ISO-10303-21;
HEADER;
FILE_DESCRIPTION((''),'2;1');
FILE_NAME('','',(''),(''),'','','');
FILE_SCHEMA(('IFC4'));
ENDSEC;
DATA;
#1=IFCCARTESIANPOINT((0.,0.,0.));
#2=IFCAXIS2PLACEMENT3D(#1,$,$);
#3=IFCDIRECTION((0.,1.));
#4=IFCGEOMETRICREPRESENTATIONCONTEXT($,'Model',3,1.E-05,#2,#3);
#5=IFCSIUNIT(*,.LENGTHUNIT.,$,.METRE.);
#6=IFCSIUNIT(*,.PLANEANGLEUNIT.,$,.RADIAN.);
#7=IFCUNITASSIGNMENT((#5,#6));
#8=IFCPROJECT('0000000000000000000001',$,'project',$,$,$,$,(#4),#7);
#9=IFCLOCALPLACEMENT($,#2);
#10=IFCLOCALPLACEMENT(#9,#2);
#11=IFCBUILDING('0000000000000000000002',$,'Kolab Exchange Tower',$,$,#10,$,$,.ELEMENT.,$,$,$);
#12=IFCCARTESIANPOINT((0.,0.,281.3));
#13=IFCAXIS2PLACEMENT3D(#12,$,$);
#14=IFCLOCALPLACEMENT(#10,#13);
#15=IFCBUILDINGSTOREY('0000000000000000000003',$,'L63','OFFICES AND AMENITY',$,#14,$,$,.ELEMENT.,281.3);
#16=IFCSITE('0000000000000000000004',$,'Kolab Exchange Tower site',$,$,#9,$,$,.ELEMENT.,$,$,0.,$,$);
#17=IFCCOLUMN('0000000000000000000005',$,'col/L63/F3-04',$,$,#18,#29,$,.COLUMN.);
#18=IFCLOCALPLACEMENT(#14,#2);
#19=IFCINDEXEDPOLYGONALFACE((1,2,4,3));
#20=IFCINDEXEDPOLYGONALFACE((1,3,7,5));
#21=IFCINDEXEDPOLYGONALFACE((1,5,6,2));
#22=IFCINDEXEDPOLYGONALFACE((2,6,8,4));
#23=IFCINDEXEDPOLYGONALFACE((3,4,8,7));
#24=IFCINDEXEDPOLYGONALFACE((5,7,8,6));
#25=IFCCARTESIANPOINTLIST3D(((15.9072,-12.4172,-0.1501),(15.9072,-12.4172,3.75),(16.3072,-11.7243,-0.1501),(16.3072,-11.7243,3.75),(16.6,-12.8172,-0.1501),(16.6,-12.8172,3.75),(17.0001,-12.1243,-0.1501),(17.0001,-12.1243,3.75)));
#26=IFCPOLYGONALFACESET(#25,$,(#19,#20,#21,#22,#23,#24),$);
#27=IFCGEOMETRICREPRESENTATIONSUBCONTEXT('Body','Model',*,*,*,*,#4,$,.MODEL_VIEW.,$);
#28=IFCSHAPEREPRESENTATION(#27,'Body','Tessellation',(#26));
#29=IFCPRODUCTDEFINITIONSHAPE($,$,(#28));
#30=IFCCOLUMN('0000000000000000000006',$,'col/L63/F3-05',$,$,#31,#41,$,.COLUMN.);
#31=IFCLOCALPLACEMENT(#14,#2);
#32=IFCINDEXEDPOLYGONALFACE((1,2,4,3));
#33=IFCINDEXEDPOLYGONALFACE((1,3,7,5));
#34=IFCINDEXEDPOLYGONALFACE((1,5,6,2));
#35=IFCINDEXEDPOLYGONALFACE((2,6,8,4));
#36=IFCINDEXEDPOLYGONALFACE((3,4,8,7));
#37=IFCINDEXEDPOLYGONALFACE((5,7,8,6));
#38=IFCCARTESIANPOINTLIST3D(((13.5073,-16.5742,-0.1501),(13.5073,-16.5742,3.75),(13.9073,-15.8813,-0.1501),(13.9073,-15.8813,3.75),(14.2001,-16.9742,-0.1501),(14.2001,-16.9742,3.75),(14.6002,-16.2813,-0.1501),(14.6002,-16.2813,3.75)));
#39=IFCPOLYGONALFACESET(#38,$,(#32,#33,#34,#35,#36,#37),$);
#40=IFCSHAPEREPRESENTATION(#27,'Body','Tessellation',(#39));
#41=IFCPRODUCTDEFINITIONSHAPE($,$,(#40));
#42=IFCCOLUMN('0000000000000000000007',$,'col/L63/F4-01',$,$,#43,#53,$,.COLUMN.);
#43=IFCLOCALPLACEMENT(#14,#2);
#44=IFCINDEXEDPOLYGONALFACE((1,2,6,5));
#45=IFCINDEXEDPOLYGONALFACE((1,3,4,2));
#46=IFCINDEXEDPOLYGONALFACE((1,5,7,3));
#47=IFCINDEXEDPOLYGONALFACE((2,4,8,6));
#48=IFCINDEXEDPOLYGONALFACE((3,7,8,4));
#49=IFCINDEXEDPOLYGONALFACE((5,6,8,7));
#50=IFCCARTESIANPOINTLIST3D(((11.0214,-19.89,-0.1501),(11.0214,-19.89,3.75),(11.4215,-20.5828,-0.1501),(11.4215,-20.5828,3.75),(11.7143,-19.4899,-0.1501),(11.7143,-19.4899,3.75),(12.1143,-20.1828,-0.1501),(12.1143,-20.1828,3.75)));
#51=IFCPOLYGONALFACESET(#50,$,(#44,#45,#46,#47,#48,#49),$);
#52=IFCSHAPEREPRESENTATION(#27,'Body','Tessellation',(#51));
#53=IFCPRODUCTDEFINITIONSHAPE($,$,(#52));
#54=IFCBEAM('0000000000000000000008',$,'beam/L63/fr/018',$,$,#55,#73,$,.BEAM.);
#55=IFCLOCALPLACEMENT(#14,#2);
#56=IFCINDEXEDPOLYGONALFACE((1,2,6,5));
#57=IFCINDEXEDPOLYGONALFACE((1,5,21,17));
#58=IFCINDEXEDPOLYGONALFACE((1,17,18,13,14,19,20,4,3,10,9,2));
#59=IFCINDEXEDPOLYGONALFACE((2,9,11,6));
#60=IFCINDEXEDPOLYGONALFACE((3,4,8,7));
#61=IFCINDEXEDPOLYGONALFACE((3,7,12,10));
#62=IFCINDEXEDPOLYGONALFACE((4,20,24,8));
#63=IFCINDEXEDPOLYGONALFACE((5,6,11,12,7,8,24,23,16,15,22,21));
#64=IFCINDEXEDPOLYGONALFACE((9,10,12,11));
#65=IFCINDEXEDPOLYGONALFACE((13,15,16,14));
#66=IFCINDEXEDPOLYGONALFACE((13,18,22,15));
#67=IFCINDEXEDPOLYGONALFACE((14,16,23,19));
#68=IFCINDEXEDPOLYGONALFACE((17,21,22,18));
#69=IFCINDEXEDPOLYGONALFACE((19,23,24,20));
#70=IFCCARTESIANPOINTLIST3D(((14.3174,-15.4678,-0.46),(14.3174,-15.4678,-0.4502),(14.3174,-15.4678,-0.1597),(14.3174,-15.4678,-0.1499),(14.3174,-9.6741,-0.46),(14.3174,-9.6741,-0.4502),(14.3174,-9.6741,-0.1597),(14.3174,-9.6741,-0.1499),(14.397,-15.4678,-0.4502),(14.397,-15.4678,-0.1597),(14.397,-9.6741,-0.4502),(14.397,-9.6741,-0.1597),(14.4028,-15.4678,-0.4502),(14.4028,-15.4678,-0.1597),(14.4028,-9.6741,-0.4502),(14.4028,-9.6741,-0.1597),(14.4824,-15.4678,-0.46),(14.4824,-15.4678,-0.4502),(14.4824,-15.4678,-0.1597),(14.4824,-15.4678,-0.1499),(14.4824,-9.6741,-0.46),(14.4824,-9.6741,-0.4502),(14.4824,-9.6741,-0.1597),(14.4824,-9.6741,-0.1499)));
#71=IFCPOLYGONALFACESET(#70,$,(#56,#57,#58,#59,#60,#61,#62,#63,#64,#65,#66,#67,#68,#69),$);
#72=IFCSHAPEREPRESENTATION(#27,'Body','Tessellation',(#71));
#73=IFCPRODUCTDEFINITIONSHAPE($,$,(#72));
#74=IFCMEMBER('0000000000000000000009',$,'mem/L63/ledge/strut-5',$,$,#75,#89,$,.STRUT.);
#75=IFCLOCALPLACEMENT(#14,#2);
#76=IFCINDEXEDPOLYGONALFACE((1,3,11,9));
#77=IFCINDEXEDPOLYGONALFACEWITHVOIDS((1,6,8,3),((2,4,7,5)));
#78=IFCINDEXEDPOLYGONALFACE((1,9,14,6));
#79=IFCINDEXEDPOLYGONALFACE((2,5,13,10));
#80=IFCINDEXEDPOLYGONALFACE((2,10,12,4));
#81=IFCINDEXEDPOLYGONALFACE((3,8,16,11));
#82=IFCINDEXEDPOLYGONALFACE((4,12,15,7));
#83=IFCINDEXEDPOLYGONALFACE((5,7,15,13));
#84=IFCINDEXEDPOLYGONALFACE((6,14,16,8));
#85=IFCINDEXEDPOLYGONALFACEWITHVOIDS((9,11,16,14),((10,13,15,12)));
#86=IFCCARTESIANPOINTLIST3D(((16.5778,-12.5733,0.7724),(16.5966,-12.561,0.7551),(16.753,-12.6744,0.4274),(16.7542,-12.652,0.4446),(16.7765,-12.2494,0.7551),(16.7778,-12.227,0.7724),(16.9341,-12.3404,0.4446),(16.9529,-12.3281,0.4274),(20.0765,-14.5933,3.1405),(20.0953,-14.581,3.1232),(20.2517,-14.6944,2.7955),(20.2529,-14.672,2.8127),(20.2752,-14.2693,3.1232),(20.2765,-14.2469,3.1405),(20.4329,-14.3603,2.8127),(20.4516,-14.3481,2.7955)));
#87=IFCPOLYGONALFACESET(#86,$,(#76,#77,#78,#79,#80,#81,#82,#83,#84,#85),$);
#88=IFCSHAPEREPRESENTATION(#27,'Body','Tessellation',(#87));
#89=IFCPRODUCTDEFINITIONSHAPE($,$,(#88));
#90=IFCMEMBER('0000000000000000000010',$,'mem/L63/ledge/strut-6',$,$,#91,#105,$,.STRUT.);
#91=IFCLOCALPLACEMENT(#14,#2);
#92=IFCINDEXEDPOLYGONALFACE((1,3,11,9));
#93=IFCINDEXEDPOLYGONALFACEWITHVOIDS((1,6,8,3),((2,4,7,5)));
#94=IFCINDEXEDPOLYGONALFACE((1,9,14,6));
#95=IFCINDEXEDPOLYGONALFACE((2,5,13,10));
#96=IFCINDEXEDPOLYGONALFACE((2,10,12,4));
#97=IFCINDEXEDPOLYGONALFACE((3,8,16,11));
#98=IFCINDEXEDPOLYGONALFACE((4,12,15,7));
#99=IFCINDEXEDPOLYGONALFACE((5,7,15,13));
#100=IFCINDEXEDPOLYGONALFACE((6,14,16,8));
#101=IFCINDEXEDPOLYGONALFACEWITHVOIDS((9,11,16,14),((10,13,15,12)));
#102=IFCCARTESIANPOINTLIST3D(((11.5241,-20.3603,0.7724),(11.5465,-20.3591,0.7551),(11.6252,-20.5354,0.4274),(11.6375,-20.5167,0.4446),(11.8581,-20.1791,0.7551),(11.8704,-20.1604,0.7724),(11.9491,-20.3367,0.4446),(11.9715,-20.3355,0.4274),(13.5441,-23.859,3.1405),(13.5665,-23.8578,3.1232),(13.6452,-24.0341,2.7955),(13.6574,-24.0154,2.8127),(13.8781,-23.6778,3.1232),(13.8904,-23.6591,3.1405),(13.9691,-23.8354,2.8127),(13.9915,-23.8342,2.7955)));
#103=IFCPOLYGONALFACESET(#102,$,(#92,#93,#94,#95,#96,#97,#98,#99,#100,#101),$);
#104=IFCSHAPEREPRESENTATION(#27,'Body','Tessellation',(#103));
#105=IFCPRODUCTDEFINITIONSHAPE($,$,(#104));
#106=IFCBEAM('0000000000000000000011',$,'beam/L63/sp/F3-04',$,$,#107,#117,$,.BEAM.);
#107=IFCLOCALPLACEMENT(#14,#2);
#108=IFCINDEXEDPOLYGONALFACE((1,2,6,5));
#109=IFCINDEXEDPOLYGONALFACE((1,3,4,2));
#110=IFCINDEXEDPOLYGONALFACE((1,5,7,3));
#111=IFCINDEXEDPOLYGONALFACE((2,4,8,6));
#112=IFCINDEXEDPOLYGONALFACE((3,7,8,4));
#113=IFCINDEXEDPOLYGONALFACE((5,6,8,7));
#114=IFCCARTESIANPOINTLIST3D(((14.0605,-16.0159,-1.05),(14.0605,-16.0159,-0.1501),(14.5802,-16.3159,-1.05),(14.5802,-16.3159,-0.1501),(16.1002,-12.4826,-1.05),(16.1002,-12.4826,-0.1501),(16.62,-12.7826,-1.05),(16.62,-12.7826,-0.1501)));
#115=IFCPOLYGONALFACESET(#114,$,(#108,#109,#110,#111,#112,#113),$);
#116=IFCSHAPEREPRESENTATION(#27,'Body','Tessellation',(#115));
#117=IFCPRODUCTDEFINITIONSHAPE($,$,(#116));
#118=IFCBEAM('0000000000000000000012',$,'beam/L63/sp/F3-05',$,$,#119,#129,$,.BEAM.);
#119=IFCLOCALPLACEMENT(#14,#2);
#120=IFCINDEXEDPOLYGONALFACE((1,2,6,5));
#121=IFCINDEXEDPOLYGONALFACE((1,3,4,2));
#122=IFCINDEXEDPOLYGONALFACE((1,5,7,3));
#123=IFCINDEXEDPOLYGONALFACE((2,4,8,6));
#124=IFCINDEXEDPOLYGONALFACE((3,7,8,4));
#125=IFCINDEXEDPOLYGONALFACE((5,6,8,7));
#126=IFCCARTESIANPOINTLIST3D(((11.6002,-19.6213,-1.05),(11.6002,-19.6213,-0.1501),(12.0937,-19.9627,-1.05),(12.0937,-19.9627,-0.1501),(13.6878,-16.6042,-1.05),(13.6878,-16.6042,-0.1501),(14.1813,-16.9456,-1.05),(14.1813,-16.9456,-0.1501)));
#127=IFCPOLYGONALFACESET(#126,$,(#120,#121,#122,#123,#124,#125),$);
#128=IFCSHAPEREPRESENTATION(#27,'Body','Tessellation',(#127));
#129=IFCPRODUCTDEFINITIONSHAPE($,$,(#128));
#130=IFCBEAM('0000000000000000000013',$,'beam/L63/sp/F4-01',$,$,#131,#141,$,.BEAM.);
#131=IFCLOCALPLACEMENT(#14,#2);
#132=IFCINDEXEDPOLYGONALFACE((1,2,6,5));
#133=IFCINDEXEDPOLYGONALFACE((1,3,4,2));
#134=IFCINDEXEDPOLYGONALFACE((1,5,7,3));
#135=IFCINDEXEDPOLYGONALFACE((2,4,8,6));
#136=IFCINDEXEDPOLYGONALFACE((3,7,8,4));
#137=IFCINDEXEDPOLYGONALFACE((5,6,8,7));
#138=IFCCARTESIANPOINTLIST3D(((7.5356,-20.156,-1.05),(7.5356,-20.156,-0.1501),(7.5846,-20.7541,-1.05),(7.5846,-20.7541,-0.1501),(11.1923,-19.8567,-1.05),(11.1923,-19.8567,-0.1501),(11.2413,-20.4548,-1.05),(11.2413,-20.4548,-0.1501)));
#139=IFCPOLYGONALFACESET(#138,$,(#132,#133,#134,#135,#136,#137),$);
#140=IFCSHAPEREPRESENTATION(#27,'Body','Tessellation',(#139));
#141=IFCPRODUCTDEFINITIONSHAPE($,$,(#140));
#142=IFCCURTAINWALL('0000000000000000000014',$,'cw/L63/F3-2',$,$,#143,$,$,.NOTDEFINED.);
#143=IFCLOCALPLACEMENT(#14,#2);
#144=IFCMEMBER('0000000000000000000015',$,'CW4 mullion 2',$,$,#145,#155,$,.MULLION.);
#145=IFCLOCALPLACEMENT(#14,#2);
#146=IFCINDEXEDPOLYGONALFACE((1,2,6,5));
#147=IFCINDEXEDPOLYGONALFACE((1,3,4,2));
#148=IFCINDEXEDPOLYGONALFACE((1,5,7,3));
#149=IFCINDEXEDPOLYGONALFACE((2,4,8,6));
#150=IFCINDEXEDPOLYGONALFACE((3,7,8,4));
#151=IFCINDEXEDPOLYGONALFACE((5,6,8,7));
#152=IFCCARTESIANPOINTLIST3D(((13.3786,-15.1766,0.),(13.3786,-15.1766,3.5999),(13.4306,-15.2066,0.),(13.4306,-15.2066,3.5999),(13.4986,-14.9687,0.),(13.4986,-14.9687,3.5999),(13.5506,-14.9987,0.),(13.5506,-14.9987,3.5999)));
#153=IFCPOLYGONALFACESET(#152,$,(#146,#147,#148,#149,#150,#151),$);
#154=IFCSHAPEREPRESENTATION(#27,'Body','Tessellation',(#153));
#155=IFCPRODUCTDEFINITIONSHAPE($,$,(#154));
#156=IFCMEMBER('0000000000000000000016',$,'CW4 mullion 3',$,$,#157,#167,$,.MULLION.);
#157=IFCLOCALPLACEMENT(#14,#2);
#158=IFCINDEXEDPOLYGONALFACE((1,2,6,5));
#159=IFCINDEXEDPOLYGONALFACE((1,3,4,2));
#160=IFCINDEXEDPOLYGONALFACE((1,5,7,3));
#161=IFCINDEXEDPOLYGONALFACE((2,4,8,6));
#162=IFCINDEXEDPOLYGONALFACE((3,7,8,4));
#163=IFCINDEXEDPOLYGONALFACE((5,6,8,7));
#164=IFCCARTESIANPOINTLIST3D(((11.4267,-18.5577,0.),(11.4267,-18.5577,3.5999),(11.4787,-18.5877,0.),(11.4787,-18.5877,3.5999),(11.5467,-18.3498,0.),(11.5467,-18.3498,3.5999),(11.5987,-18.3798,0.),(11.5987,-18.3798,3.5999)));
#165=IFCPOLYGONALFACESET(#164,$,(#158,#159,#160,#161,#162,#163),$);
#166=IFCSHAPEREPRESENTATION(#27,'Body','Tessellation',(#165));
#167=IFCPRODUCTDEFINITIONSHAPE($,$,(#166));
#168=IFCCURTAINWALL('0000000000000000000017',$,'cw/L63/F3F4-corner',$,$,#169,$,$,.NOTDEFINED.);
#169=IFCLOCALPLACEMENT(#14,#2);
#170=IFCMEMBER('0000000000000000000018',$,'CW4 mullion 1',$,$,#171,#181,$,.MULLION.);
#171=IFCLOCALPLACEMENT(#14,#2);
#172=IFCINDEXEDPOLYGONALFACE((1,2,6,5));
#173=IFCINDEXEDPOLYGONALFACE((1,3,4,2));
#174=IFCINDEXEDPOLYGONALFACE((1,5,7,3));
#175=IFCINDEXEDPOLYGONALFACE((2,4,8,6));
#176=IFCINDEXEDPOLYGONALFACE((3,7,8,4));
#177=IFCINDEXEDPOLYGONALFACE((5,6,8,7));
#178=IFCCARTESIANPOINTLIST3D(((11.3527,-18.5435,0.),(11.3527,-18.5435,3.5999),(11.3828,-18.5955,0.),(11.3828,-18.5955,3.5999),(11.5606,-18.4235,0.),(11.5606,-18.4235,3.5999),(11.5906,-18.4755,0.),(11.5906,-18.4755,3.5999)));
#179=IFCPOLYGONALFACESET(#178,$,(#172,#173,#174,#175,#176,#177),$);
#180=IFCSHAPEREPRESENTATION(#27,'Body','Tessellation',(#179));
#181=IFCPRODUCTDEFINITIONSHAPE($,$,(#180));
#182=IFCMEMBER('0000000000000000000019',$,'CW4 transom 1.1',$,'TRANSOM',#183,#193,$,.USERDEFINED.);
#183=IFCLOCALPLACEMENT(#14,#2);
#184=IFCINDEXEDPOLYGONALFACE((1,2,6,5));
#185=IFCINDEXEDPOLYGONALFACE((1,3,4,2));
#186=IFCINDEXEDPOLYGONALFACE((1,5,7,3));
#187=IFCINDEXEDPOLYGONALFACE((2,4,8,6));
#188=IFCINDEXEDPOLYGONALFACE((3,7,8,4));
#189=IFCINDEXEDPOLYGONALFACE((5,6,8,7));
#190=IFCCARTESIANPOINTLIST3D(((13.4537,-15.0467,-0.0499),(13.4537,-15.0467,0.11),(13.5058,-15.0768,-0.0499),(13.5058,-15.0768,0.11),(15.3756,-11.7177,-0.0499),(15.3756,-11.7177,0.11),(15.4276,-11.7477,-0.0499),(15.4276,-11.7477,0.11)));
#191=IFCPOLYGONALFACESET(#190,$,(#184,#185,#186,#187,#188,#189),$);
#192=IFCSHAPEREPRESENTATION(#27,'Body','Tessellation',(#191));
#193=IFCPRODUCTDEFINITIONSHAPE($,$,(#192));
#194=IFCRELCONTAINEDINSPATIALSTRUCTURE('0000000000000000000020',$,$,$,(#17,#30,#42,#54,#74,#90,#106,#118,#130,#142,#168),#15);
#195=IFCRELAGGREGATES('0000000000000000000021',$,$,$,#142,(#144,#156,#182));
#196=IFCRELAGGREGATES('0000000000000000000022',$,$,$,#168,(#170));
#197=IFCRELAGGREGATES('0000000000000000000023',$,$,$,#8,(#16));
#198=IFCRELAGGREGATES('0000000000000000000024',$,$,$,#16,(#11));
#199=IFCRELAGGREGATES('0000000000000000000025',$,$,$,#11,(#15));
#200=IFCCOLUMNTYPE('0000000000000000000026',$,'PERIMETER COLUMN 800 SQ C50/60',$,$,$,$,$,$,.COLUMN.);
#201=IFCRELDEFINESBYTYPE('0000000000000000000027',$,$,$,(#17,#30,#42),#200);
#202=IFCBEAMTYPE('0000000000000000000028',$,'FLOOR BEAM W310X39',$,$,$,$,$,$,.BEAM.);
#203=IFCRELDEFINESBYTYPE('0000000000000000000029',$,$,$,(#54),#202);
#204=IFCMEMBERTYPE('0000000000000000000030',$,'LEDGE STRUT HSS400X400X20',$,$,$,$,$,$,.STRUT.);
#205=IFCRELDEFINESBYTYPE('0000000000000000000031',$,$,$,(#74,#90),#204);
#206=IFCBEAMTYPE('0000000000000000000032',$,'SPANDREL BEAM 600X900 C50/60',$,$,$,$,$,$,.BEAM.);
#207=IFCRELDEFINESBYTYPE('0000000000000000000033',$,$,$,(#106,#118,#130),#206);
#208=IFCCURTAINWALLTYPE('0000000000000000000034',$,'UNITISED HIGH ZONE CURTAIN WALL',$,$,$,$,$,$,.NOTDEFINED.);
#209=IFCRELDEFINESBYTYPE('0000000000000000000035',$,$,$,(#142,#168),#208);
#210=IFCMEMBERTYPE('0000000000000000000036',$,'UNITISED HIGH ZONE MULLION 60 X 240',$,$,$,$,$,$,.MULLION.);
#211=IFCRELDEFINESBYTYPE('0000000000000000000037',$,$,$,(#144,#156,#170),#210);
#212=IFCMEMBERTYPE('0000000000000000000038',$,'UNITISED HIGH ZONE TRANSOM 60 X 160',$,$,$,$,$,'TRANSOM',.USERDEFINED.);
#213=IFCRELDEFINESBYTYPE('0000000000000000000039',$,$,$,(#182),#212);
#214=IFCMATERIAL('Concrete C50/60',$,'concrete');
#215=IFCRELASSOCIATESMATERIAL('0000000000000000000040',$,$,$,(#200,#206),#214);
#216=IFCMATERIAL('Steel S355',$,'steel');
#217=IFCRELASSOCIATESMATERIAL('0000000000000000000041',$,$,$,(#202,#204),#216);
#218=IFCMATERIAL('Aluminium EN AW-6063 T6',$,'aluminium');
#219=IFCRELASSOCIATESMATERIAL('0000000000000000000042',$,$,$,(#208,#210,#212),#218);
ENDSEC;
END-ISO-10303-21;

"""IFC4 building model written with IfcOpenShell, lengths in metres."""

from ifc_helpers import new_model, si_unit, direction, frame, origin, origin_2d, place, context, subcontext, project, spatial, rectangle, hollow_rectangle, i_section, extrude, material, material_profile, profile_set, type_object, element, aggregate, save


model = new_model("IFC4")

# Units and contexts
model_context = context("Model", 3, precision=1e-05, world=origin(), true_north=direction((0.0, 1.0)))
body_context = subcontext(model_context, "Body", "Model", "MODEL_VIEW")
ifc_project = project(units=[si_unit("LENGTHUNIT", "METRE"), si_unit("PLANEANGLEUNIT", "RADIAN")], contexts=[model_context])

# Site, building, storey
site_placement = place(None, origin())
site = spatial("IfcSite", under=ifc_project, at=site_placement, Name="Kolab Exchange Tower site", CompositionType="ELEMENT", RefElevation=0.0)
building_placement = place(site_placement, origin())
building = spatial("IfcBuilding", under=site, at=building_placement, Name="Kolab Exchange Tower", CompositionType="ELEMENT")
storey_placement = place(building_placement, frame((0.0, 0.0, 281.3)))
storey = spatial("IfcBuildingStorey", under=building, at=storey_placement, Name="L63", Description="OFFICES AND AMENITY", CompositionType="ELEMENT", Elevation=281.3)

# Columns
ifc_material_1 = material(Name="Concrete C50/60", Category="concrete")
ifc_material_profile_1 = material_profile(ifc_material_1, rectangle(XDim=0.8, YDim=0.8, at=origin_2d()), Name="RC800")
ifc_profile_set_1 = profile_set([ifc_material_profile_1], Name="Concrete C50/60")
column_type = type_object("IfcColumnType", Name="PERIMETER COLUMN 800 SQ C50/60", PredefinedType="COLUMN", material=ifc_profile_set_1)
for number, where, z_axis, x_axis, name in (
    (1, (16.4536, -12.2708, -0.1501), (0.0, 0.0, 1.0), (0.5, 0.866025, 0.0), "col/L63/F3-04"),
    (2, (14.0537, -16.4277, -0.1501), (0.0, 0.0, 1.0), (0.5, 0.866025, 0.0), "col/L63/F3-05"),
    (3, (11.5679, -20.0364, -0.1501), (0.0, 0.0, 1.0), (0.866025, 0.5, 0.0), "col/L63/F4-01"),
):
    element("IfcColumn", number, at=place(storey_placement, frame(where, z_axis=z_axis, x_axis=x_axis)), inside=storey, type_object=column_type, Name=name, PredefinedType="COLUMN", context=body_context, shape_type="SweptSolid", body=[
        extrude(rectangle(XDim=0.8, YDim=0.8, at=origin_2d()), origin(), (0.0, 0.0, 1.0), 3.9001),
    ])

# Beam
ifc_material_2 = material(Name="Steel S355", Category="steel")
ifc_material_profile_2 = material_profile(ifc_material_2, i_section(OverallWidth=0.165, OverallDepth=0.3101, WebThickness=0.0059, FlangeThickness=0.0098, at=origin_2d()), Name="W310X39")
ifc_profile_set_2 = profile_set([ifc_material_profile_2], Name="Steel S355")
beam_type_1 = type_object("IfcBeamType", Name="FLOOR BEAM W310X39", PredefinedType="BEAM", material=ifc_profile_set_2)
beam_1_placement = place(storey_placement, frame((14.3999, -15.4678, -0.3049), z_axis=(0.0, 1.0, 0.0), x_axis=(-1.0, 0.0, 0.0)))
element("IfcBeam", 4, at=beam_1_placement, inside=storey, type_object=beam_type_1, Name="beam/L63/fr/018", PredefinedType="BEAM", context=body_context, shape_type="SweptSolid", body=[
    extrude(i_section(OverallWidth=0.165, OverallDepth=0.3101, WebThickness=0.0059, FlangeThickness=0.0098, at=origin_2d()), origin(), (0.0, 0.0, 1.0), 5.7937),
])

# Members
ifc_material_profile_3 = material_profile(ifc_material_2, hollow_rectangle(XDim=0.3999, YDim=0.3999, WallThickness=0.02, at=origin_2d()), Name="HSS400X400X20")
ifc_profile_set_3 = profile_set([ifc_material_profile_3], Name="Steel S355")
member_type_1 = type_object("IfcMemberType", Name="LEDGE STRUT HSS400X400X20", PredefinedType="STRUT", material=ifc_profile_set_3)
for number, where, z_axis, x_axis, name in (
    (5, (16.7654, -12.4507, 0.5999), (0.747129, -0.431355, 0.505698), (0.5, 0.866026, 0.0), "mem/L63/ledge/strut-5"),
    (6, (11.7478, -20.3479, 0.5999), (0.431355, -0.747129, 0.505698), (0.866026, 0.5, 0.0), "mem/L63/ledge/strut-6"),
):
    element("IfcMember", number, at=place(storey_placement, frame(where, z_axis=z_axis, x_axis=x_axis)), inside=storey, type_object=member_type_1, Name=name, PredefinedType="STRUT", context=body_context, shape_type="SweptSolid", body=[
        extrude(hollow_rectangle(XDim=0.3999, YDim=0.3999, WallThickness=0.02, at=origin_2d()), origin(), (0.0, 0.0, 1.0), 4.6829),
    ])

# Beams
ifc_material_profile_4 = material_profile(ifc_material_1, rectangle(XDim=0.6001, YDim=0.8999, at=origin_2d()), Name="RC600X900")
ifc_profile_set_4 = profile_set([ifc_material_profile_4], Name="Concrete C50/60")
beam_type_2 = type_object("IfcBeamType", Name="SPANDREL BEAM 600X900 C50/60", PredefinedType="BEAM", material=ifc_profile_set_4)
beam_2_placement = place(storey_placement, frame((16.3601, -12.6326, -0.6001), z_axis=(-0.499956, -0.866051, 0.0), x_axis=(0.866051, -0.499956, 0.0)))
element("IfcBeam", 7, at=beam_2_placement, inside=storey, type_object=beam_type_2, Name="beam/L63/sp/F3-04", PredefinedType="BEAM", context=body_context, shape_type="SweptSolid", body=[
    extrude(rectangle(XDim=0.6001, YDim=0.8999, at=origin_2d()), origin(), (0.0, 0.0, 1.0), 4.0798),
])
for number, where, z_axis, x_axis, name in (
    (8, (13.9346, -16.7749, -0.6001), (-0.569006, -0.822334, 0.0), (0.822334, -0.569006, 0.0), "beam/L63/sp/F3-05"),
    (9, (11.2168, -20.1558, -0.6001), (-0.996667, -0.081581, 0.0), (0.081581, -0.996667, 0.0), "beam/L63/sp/F4-01"),
):
    element("IfcBeam", number, at=place(storey_placement, frame(where, z_axis=z_axis, x_axis=x_axis)), inside=storey, type_object=beam_type_2, Name=name, PredefinedType="BEAM", context=body_context, shape_type="SweptSolid", body=[
        extrude(rectangle(XDim=0.6001, YDim=0.8999, at=origin_2d()), origin(), (0.0, 0.0, 1.0), 3.6689),
    ])

# Curtain wall, members
ifc_material_3 = material(Name="Aluminium EN AW-6063 T6", Category="aluminium")
curtain_wall_type = type_object("IfcCurtainWallType", Name="UNITISED HIGH ZONE CURTAIN WALL", PredefinedType="NOTDEFINED", material=ifc_material_3)
curtain_wall_1_placement = place(storey_placement, origin())
curtain_wall_1 = element("IfcCurtainWall", 10, at=curtain_wall_1_placement, inside=storey, type_object=curtain_wall_type, Name="cw/L63/F3-2", PredefinedType="NOTDEFINED")
ifc_material_profile_5 = material_profile(ifc_material_3, rectangle(XDim=0.0601, YDim=0.24, at=origin_2d()), Name="RECT 60X240")
ifc_profile_set_5 = profile_set([ifc_material_profile_5], Name="Aluminium EN AW-6063 T6")
member_type_2 = type_object("IfcMemberType", Name="UNITISED HIGH ZONE MULLION 60 X 240", PredefinedType="MULLION", material=ifc_profile_set_5)
member_1_placement = place(storey_placement, frame((13.4646, -15.0876, 0.0), z_axis=(0.0, 0.0, 1.0), x_axis=(0.866025, -0.5, 0.0)))
member_1 = element("IfcMember", 11, at=member_1_placement, type_object=member_type_2, Name="CW4 mullion 2", PredefinedType="MULLION", context=body_context, shape_type="SweptSolid", body=[
    extrude(rectangle(XDim=0.0601, YDim=0.24, at=origin_2d()), origin(), (0.0, 0.0, 1.0), 3.5999),
])
member_2_placement = place(storey_placement, frame((11.5127, -18.4688, 0.0), z_axis=(0.0, 0.0, 1.0), x_axis=(0.866025, -0.5, 0.0)))
member_2 = element("IfcMember", 12, at=member_2_placement, type_object=member_type_2, Name="CW4 mullion 3", PredefinedType="MULLION", context=body_context, shape_type="SweptSolid", body=[
    extrude(rectangle(XDim=0.0601, YDim=0.24, at=origin_2d()), origin(), (0.0, 0.0, 1.0), 3.5999),
])

# Curtain wall, member
curtain_wall_2_placement = place(storey_placement, origin())
curtain_wall_2 = element("IfcCurtainWall", 13, at=curtain_wall_2_placement, inside=storey, type_object=curtain_wall_type, Name="cw/L63/F3F4-corner", PredefinedType="NOTDEFINED")
member_3_placement = place(storey_placement, frame((11.4717, -18.5095, 0.0), z_axis=(0.0, 0.0, 1.0), x_axis=(0.5, -0.866025, 0.0)))
member_3 = element("IfcMember", 14, at=member_3_placement, type_object=member_type_2, Name="CW4 mullion 1", PredefinedType="MULLION", context=body_context, shape_type="SweptSolid", body=[
    extrude(rectangle(XDim=0.0601, YDim=0.24, at=origin_2d()), origin(), (0.0, 0.0, 1.0), 3.5999),
])

# Member
ifc_material_profile_6 = material_profile(ifc_material_3, rectangle(XDim=0.0601, YDim=0.1599, at=origin_2d()), Name="RECT 60X160")
ifc_profile_set_6 = profile_set([ifc_material_profile_6], Name="Aluminium EN AW-6063 T6")
member_type_3 = type_object("IfcMemberType", Name="UNITISED HIGH ZONE TRANSOM 60 X 160", ElementType="TRANSOM", PredefinedType="USERDEFINED", material=ifc_profile_set_6)
member_4_placement = place(storey_placement, frame((15.4016, -11.7327, 0.03), z_axis=(-0.499964, -0.866046, 0.0), x_axis=(0.866046, -0.499964, 0.0)))
member_4 = element("IfcMember", 15, at=member_4_placement, type_object=member_type_3, Name="CW4 transom 1.1", ObjectType="TRANSOM", PredefinedType="USERDEFINED", context=body_context, shape_type="SweptSolid", body=[
    extrude(rectangle(XDim=0.0601, YDim=0.1599, at=origin_2d()), origin(), (0.0, 0.0, 1.0), 3.844),
])

aggregate(curtain_wall_1, [member_1, member_2, member_4])
aggregate(curtain_wall_2, [member_3])

save(model, "model.ifc")
